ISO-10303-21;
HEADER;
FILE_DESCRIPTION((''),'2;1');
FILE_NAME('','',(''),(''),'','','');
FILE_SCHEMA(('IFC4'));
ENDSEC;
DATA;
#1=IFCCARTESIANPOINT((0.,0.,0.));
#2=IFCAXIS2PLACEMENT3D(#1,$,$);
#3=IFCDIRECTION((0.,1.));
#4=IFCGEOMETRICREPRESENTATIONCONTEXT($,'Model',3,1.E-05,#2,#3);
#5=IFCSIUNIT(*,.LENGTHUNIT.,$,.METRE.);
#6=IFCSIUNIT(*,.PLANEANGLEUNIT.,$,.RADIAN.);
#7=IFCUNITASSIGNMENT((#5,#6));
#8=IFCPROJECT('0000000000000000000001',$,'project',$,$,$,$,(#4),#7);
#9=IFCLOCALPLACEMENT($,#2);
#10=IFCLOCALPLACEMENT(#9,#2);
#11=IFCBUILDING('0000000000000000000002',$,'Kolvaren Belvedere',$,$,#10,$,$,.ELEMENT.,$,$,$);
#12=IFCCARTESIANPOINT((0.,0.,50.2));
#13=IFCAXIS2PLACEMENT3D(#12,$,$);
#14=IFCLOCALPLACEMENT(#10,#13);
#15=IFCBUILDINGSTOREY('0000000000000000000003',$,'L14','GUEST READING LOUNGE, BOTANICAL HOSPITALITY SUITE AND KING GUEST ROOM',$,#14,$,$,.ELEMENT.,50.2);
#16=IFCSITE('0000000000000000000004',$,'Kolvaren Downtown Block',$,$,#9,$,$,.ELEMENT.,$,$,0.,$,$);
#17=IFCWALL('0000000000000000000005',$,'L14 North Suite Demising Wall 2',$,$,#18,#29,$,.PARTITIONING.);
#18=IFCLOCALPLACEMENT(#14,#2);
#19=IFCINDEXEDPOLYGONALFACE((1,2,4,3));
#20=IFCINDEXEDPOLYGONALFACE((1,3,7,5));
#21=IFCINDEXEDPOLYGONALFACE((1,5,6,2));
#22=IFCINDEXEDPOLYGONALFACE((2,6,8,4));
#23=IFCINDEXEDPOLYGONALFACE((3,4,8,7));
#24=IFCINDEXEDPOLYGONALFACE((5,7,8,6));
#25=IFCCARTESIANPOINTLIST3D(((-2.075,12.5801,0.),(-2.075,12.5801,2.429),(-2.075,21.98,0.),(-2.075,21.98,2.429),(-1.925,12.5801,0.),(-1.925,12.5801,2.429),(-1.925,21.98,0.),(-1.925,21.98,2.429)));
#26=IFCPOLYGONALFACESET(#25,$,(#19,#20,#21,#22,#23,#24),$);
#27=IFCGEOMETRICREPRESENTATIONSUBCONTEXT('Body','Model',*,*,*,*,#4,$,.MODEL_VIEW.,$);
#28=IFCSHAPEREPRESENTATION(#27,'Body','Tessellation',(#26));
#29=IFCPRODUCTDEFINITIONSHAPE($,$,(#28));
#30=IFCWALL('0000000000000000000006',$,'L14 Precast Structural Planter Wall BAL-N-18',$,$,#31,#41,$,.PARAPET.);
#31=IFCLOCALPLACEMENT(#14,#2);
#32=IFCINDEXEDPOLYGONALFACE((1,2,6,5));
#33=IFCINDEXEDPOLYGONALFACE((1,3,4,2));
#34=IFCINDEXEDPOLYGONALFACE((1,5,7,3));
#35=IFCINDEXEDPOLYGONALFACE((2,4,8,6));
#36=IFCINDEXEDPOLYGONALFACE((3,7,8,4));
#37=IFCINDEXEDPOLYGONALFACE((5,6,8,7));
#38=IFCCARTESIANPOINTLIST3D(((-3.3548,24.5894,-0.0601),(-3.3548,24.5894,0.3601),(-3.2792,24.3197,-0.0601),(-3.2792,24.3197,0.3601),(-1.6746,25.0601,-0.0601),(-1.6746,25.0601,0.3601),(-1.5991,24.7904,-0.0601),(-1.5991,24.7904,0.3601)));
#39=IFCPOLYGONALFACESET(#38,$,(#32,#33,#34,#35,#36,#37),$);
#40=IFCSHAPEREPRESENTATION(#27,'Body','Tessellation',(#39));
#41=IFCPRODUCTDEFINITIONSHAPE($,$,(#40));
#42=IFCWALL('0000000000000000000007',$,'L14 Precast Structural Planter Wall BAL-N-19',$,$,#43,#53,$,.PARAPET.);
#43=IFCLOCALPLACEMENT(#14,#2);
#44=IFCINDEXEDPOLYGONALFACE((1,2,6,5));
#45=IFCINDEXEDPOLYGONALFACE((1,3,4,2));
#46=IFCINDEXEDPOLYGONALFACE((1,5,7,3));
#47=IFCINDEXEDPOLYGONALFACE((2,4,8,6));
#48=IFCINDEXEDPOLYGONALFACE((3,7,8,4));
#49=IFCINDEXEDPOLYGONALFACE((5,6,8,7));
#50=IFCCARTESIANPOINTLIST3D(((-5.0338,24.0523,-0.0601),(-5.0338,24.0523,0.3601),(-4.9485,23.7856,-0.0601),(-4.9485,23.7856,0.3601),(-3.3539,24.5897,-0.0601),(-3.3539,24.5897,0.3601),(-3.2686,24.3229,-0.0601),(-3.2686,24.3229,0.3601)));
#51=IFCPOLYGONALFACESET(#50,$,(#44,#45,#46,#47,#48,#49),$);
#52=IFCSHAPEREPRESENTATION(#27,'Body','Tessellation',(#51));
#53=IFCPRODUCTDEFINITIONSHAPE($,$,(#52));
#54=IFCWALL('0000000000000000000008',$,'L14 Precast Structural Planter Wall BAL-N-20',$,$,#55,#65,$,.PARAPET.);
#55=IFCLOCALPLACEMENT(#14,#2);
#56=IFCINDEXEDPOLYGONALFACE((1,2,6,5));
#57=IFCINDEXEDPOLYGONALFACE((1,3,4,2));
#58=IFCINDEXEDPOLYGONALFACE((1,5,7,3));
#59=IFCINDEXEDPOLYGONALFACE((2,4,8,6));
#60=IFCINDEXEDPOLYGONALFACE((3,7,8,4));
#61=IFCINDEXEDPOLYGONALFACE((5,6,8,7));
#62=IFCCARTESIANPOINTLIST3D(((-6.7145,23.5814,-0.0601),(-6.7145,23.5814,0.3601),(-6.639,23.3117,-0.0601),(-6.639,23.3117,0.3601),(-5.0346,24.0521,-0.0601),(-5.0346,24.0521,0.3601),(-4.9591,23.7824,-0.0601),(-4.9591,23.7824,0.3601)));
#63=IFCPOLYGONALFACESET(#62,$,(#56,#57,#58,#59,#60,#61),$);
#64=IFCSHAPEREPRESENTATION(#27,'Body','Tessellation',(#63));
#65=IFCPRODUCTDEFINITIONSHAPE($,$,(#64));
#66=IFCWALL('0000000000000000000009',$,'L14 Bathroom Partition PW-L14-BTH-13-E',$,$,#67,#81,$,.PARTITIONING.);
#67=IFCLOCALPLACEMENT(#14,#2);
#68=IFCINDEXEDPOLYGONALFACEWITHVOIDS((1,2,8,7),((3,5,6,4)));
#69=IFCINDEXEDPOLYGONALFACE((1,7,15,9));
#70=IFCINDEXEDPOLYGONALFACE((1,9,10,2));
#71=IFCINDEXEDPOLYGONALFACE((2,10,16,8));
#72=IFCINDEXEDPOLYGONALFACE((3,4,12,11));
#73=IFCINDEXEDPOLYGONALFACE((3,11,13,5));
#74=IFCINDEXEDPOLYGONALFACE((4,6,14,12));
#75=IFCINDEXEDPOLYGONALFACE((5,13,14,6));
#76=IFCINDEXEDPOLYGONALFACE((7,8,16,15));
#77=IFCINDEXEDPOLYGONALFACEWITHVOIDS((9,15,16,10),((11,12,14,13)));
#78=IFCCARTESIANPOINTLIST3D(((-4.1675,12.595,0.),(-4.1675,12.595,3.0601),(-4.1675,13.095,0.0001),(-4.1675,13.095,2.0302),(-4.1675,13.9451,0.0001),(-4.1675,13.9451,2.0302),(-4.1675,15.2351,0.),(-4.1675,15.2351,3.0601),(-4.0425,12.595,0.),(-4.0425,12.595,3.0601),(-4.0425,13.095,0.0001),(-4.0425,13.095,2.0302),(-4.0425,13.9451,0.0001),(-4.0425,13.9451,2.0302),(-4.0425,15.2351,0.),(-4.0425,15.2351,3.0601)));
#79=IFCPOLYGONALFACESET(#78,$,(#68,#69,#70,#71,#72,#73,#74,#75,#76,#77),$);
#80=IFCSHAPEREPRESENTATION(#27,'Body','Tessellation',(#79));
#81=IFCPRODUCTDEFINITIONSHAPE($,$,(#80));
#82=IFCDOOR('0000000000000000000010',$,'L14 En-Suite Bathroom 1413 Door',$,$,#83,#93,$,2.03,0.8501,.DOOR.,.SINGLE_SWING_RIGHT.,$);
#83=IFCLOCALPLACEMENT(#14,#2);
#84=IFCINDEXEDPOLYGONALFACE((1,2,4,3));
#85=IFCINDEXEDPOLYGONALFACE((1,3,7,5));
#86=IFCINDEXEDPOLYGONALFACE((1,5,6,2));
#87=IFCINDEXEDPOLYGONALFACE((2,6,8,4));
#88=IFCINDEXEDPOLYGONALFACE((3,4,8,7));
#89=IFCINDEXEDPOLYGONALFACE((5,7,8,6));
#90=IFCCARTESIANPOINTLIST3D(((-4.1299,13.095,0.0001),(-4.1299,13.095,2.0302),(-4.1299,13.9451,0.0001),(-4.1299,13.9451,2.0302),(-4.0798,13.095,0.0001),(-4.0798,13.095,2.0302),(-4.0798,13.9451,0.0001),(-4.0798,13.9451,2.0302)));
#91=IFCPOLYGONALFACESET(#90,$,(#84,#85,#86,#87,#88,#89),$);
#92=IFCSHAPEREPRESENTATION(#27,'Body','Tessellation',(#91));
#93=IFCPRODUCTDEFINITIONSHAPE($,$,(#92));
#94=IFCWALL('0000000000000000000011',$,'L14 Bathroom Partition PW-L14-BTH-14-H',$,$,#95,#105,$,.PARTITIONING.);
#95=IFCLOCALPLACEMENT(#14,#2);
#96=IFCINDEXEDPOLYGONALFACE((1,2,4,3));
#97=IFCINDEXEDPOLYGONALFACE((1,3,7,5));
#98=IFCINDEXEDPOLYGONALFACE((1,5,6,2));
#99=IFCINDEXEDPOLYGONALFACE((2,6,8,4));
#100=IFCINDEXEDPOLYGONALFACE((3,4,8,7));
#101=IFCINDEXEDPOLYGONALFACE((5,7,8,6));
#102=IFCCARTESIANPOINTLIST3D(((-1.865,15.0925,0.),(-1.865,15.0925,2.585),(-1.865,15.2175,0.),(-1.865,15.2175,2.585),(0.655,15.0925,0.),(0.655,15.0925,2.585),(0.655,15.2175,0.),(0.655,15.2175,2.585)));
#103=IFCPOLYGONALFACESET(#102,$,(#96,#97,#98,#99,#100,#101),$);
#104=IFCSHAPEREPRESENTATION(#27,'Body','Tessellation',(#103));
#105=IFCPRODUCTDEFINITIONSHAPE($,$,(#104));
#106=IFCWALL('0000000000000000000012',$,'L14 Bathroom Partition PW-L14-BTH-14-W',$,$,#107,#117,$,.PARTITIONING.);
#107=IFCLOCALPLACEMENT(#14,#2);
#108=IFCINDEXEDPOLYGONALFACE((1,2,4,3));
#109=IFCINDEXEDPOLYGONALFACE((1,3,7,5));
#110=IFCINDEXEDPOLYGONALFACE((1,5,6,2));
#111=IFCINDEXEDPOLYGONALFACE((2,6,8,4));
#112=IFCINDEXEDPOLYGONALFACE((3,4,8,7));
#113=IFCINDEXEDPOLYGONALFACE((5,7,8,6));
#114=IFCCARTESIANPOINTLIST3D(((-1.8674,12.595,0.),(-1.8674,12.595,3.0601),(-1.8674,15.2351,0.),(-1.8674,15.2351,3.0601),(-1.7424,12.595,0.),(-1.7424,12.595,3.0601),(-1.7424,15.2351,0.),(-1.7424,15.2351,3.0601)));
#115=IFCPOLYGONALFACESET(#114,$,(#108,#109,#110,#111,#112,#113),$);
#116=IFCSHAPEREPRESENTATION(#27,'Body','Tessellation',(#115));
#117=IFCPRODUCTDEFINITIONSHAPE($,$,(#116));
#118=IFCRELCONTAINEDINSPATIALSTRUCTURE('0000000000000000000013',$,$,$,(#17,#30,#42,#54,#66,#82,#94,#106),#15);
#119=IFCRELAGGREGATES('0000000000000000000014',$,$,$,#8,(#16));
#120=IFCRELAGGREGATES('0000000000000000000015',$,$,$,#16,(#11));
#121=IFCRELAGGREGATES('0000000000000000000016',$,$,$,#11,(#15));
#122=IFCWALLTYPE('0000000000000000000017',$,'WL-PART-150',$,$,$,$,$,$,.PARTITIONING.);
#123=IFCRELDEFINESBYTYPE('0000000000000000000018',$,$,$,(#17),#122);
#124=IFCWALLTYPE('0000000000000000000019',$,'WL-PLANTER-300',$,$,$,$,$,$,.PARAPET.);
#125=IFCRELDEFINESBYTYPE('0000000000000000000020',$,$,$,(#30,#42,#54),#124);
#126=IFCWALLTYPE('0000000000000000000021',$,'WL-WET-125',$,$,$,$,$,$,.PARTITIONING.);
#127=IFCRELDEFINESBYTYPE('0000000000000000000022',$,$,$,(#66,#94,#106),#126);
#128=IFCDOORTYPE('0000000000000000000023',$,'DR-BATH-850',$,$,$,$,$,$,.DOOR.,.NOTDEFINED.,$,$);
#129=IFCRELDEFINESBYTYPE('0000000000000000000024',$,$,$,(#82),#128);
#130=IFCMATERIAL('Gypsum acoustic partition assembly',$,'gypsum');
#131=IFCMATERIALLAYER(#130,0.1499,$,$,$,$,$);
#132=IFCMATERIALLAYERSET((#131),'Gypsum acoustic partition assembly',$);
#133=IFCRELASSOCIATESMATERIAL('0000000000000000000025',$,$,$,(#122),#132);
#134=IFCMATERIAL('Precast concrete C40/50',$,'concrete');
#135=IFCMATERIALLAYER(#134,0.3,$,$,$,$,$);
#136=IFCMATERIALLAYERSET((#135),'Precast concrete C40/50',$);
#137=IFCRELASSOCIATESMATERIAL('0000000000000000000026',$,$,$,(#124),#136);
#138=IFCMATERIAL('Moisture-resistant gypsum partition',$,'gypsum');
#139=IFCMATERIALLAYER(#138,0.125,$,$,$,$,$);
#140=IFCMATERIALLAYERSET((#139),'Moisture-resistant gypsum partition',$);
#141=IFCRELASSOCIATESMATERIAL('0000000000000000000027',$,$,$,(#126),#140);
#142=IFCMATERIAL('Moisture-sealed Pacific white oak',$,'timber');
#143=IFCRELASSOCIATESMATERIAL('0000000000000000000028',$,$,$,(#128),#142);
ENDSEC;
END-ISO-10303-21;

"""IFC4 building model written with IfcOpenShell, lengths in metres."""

from ifc_helpers import new_model, si_unit, direction, frame, frame_2d, origin, place, context, subcontext, project, spatial, rectangle, extrude, material, layer, layer_set, type_object, element, fill, save


model = new_model("IFC4")

# Units and contexts
model_context = context("Model", 3, precision=1e-05, world=origin(), true_north=direction((0.0, 1.0)))
body_context = subcontext(model_context, "Body", "Model", "MODEL_VIEW")
ifc_project = project(units=[si_unit("LENGTHUNIT", "METRE"), si_unit("PLANEANGLEUNIT", "RADIAN")], contexts=[model_context])

# Site, building, storey
site_placement = place(None, origin())
site = spatial("IfcSite", under=ifc_project, at=site_placement, Name="Kolvaren Downtown Block", CompositionType="ELEMENT", RefElevation=0.0)
building_placement = place(site_placement, origin())
building = spatial("IfcBuilding", under=site, at=building_placement, Name="Kolvaren Belvedere", CompositionType="ELEMENT")
storey_placement = place(building_placement, frame((0.0, 0.0, 50.2)))
storey = spatial("IfcBuildingStorey", under=building, at=storey_placement, Name="L14", Description="GUEST READING LOUNGE, BOTANICAL HOSPITALITY SUITE AND KING GUEST ROOM", CompositionType="ELEMENT", Elevation=50.2)

# Walls
ifc_material_1 = material(Name="Gypsum acoustic partition assembly", Category="gypsum")
ifc_layer_1 = layer(ifc_material_1, 0.1499)
ifc_layer_set_1 = layer_set([ifc_layer_1], Name="Gypsum acoustic partition assembly")
wall_type_1 = type_object("IfcWallType", Name="WL-PART-150", PredefinedType="PARTITIONING", material=ifc_layer_set_1)
wall_1_placement = place(storey_placement, frame((-2.0, 12.5801, 0.0), z_axis=(0.0, 0.0, 1.0), x_axis=(0.0, 1.0, 0.0)))
element("IfcWall", 1, at=wall_1_placement, inside=storey, type_object=wall_type_1, Name="L14 North Suite Demising Wall 2", PredefinedType="PARTITIONING", context=body_context, shape_type="SweptSolid", body=[
    extrude(rectangle(XDim=9.3999, YDim=0.1499, at=frame_2d((4.7, 0.0))), origin(), (0.0, 0.0, 1.0), 2.429),
])
ifc_material_2 = material(Name="Precast concrete C40/50", Category="concrete")
ifc_layer_2 = layer(ifc_material_2, 0.3)
ifc_layer_set_2 = layer_set([ifc_layer_2], Name="Precast concrete C40/50")
wall_type_2 = type_object("IfcWallType", Name="WL-PLANTER-300", PredefinedType="PARAPET", material=ifc_layer_set_2)
wall_2_placement = place(storey_placement, frame((-1.6367, 24.9253, -0.0601), z_axis=(0.0, 0.0, 1.0), x_axis=(-0.962926, -0.269765, 0.0)))
element("IfcWall", 2, at=wall_2_placement, inside=storey, type_object=wall_type_2, Name="L14 Precast Structural Planter Wall BAL-N-18", PredefinedType="PARAPET", context=body_context, shape_type="SweptSolid", body=[
    extrude(rectangle(XDim=1.7449, YDim=0.28, at=frame_2d((0.8726, 0.0))), origin(), (0.0, 0.0, 1.0), 0.4202),
])
wall_3_placement = place(storey_placement, frame((-3.3113, 24.4563, -0.0601), z_axis=(0.0, 0.0, 1.0), x_axis=(-0.952461, -0.30466, 0.0)))
element("IfcWall", 3, at=wall_3_placement, inside=storey, type_object=wall_type_2, Name="L14 Precast Structural Planter Wall BAL-N-19", PredefinedType="PARAPET", context=body_context, shape_type="SweptSolid", body=[
    extrude(rectangle(XDim=1.7637, YDim=0.28, at=frame_2d((0.8818, 0.0))), origin(), (0.0, 0.0, 1.0), 0.4202),
])
wall_4_placement = place(storey_placement, frame((-4.9968, 23.9172, -0.0601), z_axis=(0.0, 0.0, 1.0), x_axis=(-0.962916, -0.269801, 0.0)))
element("IfcWall", 4, at=wall_4_placement, inside=storey, type_object=wall_type_2, Name="L14 Precast Structural Planter Wall BAL-N-20", PredefinedType="PARAPET", context=body_context, shape_type="SweptSolid", body=[
    extrude(rectangle(XDim=1.7446, YDim=0.28, at=frame_2d((0.8723, 0.0))), origin(), (0.0, 0.0, 1.0), 0.4202),
])

# Wall, opening, door
ifc_material_3 = material(Name="Moisture-resistant gypsum partition", Category="gypsum")
ifc_layer_3 = layer(ifc_material_3, 0.125)
ifc_layer_set_3 = layer_set([ifc_layer_3], Name="Moisture-resistant gypsum partition")
wall_type_3 = type_object("IfcWallType", Name="WL-WET-125", PredefinedType="PARTITIONING", material=ifc_layer_set_3)
wall_5_placement = place(storey_placement, frame((-4.105, 12.595, 0.0), z_axis=(0.0, 0.0, 1.0), x_axis=(0.0, 1.0, 0.0)))
wall_5 = element("IfcWall", 5, at=wall_5_placement, inside=storey, type_object=wall_type_3, Name="L14 Bathroom Partition PW-L14-BTH-13-E", PredefinedType="PARTITIONING", context=body_context, shape_type="SweptSolid", body=[
    extrude(rectangle(XDim=2.6401, YDim=0.125, at=frame_2d((1.3201, 0.0))), origin(), (0.0, 0.0, 1.0), 3.0601),
])
opening_1_placement = place(wall_5_placement, frame((0.5, 0.0, 0.0)))
opening_1 = element("IfcOpeningElement", 6, at=opening_1_placement, cuts=wall_5, PredefinedType="OPENING", context=body_context, shape_type="SweptSolid", body=[
    extrude(rectangle(XDim=0.8501, YDim=2.03, at=frame_2d((0.425, 1.0151))), frame((0.0, 0.0725, 0.0), z_axis=(0.0, -1.0, 0.0), x_axis=(1.0, 0.0, 0.0)), (0.0, 0.0, 1.0), 0.145),
])
ifc_material_4 = material(Name="Moisture-sealed Pacific white oak", Category="timber")
door_type_1 = type_object("IfcDoorType", Name="DR-BATH-850", OperationType="NOTDEFINED", PredefinedType="DOOR", material=ifc_material_4)
door_1_placement = place(opening_1_placement, origin())
door_1 = element("IfcDoor", 7, at=door_1_placement, inside=storey, type_object=door_type_1, Name="L14 En-Suite Bathroom 1413 Door", OperationType="SINGLE_SWING_RIGHT", OverallHeight=2.03, OverallWidth=0.8501, PredefinedType="DOOR", context=body_context, shape_type="SweptSolid", body=[
    extrude(rectangle(XDim=0.8501, YDim=2.03, at=frame_2d((0.425, 1.0151))), frame((0.0, 0.0249, 0.0), z_axis=(0.0, -1.0, 0.0), x_axis=(1.0, 0.0, 0.0)), (0.0, 0.0, 1.0), 0.05),
])
fill(opening_1, door_1)

# Walls
wall_6_placement = place(storey_placement, frame((-1.865, 15.155, 0.0), z_axis=(0.0, 0.0, 1.0), x_axis=(1.0, 0.0, 0.0)))
element("IfcWall", 8, at=wall_6_placement, inside=storey, type_object=wall_type_3, Name="L14 Bathroom Partition PW-L14-BTH-14-H", PredefinedType="PARTITIONING", context=body_context, shape_type="SweptSolid", body=[
    extrude(rectangle(XDim=2.52, YDim=0.125, at=frame_2d((1.26, 0.0))), origin(), (0.0, 0.0, 1.0), 2.585),
])
wall_7_placement = place(storey_placement, frame((-1.8049, 12.595, 0.0), z_axis=(0.0, 0.0, 1.0), x_axis=(0.0, 1.0, 0.0)))
element("IfcWall", 9, at=wall_7_placement, inside=storey, type_object=wall_type_3, Name="L14 Bathroom Partition PW-L14-BTH-14-W", PredefinedType="PARTITIONING", context=body_context, shape_type="SweptSolid", body=[
    extrude(rectangle(XDim=2.6401, YDim=0.125, at=frame_2d((1.3201, 0.0))), origin(), (0.0, 0.0, 1.0), 3.0601),
])

save(model, "model.ifc")
